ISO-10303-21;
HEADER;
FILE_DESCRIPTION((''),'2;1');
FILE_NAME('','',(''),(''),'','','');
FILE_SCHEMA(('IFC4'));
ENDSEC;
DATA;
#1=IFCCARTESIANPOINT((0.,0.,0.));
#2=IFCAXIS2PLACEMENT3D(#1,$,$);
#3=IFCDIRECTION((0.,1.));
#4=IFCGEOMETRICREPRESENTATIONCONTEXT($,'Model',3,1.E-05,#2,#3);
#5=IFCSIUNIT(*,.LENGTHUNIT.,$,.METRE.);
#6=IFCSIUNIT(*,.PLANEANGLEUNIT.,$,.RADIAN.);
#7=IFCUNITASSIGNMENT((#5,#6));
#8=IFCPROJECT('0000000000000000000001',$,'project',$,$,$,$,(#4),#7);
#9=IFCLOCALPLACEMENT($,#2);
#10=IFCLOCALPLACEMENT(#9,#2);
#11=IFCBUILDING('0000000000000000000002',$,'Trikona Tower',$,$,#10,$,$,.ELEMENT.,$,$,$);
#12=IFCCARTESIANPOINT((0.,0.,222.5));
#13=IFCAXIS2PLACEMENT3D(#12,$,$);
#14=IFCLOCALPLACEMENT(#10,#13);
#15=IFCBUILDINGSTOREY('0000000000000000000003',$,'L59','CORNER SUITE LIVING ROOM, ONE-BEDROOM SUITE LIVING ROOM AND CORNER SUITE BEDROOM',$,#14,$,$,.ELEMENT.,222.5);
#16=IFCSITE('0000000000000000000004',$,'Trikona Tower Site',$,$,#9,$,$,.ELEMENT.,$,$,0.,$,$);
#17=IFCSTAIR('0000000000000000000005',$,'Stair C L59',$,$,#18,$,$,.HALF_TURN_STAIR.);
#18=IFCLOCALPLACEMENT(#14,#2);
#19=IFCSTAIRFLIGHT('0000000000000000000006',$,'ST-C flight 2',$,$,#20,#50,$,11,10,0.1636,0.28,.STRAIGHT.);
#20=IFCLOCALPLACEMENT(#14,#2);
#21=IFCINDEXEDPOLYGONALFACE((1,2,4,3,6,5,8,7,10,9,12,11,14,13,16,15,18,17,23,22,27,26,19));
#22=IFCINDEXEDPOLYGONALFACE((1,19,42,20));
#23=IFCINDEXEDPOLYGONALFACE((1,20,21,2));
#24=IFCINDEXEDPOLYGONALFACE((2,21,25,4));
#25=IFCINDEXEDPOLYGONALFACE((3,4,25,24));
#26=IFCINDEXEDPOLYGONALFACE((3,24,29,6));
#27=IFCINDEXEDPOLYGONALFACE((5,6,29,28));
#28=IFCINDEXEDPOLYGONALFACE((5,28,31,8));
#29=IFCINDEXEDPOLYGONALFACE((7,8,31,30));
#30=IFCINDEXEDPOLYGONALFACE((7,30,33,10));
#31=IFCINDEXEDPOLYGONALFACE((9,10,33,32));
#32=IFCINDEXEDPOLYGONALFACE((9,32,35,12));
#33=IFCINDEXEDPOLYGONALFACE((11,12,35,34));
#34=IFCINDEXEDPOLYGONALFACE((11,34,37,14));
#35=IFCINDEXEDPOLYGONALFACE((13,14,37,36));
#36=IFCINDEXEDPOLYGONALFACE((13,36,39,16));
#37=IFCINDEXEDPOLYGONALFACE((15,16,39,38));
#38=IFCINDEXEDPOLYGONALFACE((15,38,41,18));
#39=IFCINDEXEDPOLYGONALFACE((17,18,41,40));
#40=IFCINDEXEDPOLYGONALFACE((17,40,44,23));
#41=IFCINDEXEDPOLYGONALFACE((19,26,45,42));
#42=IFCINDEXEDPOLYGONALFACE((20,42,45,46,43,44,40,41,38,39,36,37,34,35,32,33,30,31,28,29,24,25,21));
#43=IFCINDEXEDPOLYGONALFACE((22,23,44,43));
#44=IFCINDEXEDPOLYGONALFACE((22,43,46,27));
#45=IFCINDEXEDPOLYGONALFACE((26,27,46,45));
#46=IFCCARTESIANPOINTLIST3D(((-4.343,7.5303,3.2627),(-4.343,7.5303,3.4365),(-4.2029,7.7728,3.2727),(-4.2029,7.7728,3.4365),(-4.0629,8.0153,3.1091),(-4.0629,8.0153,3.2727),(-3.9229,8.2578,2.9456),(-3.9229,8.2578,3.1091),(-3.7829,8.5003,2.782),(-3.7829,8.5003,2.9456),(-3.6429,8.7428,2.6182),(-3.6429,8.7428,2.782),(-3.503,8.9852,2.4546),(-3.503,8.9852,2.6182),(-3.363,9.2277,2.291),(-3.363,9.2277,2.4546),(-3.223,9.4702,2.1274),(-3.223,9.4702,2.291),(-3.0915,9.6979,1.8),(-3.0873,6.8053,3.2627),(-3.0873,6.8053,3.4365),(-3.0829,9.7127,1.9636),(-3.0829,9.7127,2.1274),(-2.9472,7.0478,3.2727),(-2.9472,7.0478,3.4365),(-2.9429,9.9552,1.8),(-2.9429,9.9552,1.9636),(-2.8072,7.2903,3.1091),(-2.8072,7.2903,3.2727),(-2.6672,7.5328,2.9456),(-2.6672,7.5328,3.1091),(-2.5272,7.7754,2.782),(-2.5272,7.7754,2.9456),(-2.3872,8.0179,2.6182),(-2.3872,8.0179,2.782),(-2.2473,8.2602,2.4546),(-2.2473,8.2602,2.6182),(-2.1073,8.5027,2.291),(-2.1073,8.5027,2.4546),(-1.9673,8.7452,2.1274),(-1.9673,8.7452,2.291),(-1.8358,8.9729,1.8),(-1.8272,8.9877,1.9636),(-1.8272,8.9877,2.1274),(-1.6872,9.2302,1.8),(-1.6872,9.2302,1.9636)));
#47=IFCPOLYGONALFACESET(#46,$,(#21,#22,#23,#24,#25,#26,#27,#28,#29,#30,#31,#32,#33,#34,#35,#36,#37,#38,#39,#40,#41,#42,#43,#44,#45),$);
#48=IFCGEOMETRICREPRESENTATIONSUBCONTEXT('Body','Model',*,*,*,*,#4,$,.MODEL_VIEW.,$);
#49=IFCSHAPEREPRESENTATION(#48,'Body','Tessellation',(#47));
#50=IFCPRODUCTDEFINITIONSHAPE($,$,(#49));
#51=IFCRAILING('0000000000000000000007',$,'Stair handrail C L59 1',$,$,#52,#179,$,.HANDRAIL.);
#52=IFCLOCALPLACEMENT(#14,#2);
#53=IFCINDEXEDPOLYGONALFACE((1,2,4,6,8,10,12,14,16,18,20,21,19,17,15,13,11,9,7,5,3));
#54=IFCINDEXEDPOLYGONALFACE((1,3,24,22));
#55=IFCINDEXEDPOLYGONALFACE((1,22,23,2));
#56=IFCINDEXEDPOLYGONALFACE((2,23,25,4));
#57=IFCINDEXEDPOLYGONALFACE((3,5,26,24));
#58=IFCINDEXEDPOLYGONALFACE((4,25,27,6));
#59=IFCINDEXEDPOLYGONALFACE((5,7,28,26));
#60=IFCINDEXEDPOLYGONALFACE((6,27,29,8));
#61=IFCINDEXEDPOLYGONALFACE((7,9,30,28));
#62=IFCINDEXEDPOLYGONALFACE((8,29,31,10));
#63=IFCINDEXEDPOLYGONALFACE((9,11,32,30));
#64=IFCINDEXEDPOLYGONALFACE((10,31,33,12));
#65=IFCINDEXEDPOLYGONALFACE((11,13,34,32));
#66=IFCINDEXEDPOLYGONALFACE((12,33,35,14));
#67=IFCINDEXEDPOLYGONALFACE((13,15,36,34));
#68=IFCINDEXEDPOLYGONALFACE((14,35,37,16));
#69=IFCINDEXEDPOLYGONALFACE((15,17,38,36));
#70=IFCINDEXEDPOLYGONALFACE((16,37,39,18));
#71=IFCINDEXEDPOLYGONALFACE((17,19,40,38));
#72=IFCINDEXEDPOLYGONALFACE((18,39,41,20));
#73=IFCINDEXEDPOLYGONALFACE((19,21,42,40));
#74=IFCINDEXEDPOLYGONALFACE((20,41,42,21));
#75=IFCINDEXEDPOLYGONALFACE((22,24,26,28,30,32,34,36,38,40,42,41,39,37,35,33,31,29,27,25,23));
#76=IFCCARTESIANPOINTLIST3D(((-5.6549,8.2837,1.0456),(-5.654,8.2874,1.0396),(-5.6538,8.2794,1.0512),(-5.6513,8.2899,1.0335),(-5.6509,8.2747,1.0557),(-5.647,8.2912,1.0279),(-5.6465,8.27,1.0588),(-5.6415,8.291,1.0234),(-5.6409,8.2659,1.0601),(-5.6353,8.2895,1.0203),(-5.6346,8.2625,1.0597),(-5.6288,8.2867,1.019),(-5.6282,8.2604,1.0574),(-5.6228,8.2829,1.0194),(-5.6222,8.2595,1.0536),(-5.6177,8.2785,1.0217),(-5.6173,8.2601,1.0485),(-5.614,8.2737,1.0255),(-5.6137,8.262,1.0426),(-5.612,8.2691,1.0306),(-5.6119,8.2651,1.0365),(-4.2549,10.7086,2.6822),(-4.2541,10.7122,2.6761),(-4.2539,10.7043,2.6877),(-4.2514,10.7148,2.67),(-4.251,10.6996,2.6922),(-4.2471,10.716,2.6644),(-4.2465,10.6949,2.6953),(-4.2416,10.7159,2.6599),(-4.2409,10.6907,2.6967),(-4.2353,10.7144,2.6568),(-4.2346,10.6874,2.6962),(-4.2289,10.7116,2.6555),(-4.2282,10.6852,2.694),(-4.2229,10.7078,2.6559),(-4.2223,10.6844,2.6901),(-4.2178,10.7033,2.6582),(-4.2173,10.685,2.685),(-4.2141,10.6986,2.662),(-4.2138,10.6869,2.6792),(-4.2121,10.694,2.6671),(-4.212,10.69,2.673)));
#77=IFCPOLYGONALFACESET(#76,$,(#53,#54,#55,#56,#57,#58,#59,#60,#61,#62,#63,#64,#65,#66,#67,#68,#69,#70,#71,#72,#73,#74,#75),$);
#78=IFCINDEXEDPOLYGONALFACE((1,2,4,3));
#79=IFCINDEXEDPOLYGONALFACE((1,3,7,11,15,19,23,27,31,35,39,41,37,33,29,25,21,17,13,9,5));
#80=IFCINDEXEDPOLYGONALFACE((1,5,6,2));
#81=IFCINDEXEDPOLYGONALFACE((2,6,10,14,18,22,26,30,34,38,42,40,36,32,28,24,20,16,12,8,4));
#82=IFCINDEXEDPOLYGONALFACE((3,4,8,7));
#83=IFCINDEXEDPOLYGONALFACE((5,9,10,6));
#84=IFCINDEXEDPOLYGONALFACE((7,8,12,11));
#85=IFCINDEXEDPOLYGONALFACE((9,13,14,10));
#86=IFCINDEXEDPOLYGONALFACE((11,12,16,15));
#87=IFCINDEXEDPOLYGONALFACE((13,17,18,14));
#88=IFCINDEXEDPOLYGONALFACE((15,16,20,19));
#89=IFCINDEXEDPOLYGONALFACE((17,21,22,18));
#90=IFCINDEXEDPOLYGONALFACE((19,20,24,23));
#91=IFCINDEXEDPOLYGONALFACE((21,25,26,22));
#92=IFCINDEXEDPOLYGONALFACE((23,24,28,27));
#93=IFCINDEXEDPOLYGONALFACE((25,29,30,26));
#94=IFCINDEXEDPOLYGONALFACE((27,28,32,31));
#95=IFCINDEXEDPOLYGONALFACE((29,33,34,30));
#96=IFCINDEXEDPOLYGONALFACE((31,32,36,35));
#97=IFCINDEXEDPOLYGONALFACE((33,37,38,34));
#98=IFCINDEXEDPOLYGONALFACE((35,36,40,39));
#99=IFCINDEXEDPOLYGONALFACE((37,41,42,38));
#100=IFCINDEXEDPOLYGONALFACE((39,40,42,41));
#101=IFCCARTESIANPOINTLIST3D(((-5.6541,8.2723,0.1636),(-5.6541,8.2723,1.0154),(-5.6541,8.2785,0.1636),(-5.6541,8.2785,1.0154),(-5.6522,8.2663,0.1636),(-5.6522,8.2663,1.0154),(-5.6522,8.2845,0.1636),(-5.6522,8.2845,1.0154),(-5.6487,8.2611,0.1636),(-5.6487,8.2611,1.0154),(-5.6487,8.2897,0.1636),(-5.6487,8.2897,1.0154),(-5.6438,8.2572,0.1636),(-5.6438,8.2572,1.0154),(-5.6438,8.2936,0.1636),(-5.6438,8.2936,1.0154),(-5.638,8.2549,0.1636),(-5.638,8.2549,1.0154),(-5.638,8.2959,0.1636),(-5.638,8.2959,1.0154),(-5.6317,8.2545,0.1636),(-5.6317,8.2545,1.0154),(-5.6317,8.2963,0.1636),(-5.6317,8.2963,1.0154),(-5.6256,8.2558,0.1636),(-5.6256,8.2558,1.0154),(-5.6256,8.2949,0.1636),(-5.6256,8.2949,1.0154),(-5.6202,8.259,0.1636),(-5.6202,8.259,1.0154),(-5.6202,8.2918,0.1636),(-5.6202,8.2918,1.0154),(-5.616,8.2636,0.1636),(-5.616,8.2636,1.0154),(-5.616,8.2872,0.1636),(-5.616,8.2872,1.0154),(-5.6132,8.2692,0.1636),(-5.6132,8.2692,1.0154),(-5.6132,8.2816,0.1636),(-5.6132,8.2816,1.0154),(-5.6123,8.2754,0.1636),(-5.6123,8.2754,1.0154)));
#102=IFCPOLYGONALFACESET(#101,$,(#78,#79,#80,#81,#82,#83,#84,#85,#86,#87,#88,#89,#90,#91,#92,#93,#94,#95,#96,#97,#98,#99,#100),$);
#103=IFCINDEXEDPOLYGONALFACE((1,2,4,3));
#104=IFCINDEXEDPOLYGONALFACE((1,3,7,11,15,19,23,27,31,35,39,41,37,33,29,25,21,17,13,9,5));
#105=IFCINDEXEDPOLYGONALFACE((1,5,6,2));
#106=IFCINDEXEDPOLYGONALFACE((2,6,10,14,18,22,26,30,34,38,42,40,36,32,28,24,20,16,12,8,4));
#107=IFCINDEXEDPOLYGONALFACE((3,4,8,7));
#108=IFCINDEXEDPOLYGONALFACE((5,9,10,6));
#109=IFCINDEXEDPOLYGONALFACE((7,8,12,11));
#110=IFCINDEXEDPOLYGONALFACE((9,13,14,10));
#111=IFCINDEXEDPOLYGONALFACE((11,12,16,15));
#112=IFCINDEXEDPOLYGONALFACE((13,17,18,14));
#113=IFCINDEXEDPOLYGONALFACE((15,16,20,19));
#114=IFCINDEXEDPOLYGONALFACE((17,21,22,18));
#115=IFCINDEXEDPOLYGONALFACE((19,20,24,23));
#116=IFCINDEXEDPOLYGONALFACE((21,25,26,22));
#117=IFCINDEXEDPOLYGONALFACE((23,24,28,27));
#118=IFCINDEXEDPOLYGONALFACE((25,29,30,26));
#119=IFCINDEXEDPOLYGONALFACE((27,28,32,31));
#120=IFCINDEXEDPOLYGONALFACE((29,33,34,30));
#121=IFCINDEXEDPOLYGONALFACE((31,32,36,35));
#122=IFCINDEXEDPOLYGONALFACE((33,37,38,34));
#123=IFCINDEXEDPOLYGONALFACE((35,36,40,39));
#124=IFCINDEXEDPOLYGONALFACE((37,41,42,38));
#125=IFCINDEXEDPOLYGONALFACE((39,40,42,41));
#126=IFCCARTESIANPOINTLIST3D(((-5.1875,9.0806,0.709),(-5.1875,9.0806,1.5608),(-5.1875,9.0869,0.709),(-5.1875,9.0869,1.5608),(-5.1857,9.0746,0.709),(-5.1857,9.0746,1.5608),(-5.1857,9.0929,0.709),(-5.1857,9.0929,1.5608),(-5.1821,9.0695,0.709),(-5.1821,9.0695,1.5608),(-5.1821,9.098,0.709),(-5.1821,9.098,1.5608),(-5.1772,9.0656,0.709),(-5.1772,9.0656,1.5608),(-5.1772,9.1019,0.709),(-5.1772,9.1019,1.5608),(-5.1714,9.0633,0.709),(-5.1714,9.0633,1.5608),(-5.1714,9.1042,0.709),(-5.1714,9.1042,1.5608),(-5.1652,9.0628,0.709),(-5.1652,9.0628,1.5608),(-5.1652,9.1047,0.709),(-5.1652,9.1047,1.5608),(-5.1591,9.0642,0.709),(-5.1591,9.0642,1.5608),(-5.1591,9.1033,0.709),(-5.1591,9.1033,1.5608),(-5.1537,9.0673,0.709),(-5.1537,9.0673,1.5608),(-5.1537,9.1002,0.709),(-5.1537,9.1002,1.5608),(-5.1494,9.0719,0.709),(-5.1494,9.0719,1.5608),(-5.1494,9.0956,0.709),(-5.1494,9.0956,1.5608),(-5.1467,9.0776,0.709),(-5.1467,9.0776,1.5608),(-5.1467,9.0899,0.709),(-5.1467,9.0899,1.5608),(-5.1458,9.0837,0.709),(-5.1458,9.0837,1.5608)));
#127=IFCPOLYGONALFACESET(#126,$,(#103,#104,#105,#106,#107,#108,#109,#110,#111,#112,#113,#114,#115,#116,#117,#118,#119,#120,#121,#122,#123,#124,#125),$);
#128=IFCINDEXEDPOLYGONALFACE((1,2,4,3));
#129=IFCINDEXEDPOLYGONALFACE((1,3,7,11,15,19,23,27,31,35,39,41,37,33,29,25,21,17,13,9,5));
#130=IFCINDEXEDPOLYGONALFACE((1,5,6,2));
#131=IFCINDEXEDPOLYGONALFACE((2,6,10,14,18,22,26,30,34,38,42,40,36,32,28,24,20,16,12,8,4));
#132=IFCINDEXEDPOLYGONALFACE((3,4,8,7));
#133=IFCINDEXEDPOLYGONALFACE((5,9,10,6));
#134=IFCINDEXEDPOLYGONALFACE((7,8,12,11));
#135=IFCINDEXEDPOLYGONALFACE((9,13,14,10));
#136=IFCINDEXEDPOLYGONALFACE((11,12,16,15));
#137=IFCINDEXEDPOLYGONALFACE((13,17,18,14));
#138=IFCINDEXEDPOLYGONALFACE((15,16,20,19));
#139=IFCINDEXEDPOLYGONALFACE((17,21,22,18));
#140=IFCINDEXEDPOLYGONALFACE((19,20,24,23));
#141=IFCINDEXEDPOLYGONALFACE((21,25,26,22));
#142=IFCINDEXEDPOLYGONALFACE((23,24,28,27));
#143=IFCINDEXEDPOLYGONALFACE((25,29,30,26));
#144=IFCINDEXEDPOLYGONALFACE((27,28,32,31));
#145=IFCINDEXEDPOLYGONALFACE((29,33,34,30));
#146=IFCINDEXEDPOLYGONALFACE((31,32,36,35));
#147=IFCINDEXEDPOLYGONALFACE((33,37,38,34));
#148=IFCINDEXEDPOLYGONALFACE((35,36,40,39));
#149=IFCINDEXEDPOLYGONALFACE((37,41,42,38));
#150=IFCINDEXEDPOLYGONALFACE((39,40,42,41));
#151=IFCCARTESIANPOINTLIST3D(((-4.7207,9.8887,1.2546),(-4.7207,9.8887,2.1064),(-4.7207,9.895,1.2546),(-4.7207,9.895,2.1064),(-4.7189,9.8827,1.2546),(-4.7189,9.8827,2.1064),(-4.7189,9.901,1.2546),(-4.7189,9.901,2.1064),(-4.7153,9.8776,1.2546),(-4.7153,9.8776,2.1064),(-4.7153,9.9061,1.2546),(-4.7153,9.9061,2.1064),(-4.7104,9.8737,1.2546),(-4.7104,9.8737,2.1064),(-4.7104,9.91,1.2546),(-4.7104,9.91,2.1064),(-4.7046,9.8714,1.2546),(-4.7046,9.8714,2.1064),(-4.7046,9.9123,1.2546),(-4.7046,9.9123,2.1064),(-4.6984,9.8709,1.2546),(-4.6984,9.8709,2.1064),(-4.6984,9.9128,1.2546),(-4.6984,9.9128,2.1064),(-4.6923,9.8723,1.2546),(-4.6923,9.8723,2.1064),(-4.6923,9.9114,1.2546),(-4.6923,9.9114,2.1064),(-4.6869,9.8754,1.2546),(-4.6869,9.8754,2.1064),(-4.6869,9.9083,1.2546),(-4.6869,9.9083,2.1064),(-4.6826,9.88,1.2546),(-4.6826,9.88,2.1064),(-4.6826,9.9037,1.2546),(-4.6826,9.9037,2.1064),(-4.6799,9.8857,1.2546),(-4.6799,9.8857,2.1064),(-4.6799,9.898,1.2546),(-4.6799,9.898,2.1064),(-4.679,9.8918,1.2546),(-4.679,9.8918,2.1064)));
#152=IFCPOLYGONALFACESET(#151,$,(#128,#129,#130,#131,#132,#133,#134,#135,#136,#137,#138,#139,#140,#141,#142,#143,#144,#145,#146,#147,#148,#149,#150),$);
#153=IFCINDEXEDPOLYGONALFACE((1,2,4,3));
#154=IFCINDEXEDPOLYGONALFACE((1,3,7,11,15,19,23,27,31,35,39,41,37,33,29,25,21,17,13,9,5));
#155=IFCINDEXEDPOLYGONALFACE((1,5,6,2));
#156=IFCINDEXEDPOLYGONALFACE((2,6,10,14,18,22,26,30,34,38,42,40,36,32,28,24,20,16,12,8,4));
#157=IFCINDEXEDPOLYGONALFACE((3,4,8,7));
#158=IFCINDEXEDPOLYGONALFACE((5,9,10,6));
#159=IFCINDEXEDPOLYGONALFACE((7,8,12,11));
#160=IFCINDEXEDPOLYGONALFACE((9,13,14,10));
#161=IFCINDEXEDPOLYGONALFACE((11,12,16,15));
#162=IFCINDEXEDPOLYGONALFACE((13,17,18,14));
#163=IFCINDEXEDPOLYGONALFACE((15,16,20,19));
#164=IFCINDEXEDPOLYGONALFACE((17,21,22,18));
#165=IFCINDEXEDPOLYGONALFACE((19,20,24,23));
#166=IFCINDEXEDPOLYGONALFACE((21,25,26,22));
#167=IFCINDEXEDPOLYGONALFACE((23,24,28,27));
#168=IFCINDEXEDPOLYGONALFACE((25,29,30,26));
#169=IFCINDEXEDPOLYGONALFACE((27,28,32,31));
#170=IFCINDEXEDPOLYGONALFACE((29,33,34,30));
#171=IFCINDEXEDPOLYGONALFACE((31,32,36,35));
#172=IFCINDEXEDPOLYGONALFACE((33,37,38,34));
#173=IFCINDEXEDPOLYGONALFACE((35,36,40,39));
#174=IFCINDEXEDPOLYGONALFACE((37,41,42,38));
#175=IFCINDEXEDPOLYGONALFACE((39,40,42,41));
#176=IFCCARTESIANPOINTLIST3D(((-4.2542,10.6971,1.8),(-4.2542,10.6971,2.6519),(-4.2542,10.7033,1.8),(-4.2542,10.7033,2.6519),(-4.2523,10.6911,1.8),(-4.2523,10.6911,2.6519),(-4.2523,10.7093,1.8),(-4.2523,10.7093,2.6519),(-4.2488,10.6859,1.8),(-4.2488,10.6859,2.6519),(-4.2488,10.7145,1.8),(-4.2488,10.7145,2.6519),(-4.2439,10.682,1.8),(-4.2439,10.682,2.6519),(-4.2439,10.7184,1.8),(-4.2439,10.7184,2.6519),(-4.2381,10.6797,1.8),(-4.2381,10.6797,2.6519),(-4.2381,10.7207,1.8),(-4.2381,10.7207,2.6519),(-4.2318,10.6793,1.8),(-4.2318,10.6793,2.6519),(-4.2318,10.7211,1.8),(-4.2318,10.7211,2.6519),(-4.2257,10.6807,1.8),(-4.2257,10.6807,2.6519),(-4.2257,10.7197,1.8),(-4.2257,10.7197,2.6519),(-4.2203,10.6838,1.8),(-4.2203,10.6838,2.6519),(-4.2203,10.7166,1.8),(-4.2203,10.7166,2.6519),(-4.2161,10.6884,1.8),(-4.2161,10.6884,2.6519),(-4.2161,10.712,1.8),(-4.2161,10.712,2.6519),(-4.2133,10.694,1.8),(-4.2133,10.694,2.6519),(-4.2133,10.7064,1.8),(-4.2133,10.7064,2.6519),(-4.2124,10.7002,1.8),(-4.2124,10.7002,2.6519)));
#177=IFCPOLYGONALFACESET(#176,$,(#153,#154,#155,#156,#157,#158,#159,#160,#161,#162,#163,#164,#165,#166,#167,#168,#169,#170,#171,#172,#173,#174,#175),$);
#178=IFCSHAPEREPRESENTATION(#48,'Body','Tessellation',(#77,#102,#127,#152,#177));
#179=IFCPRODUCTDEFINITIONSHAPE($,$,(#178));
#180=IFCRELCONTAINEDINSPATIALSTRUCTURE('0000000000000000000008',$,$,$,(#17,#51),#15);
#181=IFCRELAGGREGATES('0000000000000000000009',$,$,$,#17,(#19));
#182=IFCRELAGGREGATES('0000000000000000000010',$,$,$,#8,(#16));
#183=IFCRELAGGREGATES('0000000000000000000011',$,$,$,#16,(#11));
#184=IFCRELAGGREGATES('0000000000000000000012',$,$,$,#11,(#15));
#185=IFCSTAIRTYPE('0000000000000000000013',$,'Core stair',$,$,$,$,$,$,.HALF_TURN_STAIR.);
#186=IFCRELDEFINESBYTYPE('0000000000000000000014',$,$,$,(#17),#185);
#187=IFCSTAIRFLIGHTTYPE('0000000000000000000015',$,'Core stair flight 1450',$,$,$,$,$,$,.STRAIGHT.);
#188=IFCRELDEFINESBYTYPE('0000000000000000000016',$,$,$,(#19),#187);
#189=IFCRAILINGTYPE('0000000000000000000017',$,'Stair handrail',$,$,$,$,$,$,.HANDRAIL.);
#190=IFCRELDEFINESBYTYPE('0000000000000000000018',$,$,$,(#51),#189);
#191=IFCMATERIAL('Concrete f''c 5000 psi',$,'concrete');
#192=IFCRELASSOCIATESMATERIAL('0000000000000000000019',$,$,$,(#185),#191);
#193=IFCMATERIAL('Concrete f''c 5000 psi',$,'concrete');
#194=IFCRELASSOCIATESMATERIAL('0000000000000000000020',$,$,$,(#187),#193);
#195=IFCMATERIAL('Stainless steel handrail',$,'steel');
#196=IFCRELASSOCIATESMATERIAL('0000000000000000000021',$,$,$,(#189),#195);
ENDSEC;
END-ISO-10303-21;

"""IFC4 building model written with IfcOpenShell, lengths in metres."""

from ifc_helpers import new_model, si_unit, direction, frame, origin, origin_2d, place, context, subcontext, project, spatial, polyline, circle, outline, extrude, material, type_object, element, aggregate, save


model = new_model("IFC4")

# Units and contexts
model_context = context("Model", 3, precision=1e-05, world=origin(), true_north=direction((0.0, 1.0)))
body_context = subcontext(model_context, "Body", "Model", "MODEL_VIEW")
ifc_project = project(units=[si_unit("LENGTHUNIT", "METRE"), si_unit("PLANEANGLEUNIT", "RADIAN")], contexts=[model_context])

# Site, building, storey
site_placement = place(None, origin())
site = spatial("IfcSite", under=ifc_project, at=site_placement, Name="Trikona Tower Site", CompositionType="ELEMENT", RefElevation=0.0)
building_placement = place(site_placement, origin())
building = spatial("IfcBuilding", under=site, at=building_placement, Name="Trikona Tower", CompositionType="ELEMENT")
storey_placement = place(building_placement, frame((0.0, 0.0, 222.5)))
storey = spatial("IfcBuildingStorey", under=building, at=storey_placement, Name="L59", Description="CORNER SUITE LIVING ROOM, ONE-BEDROOM SUITE LIVING ROOM AND CORNER SUITE BEDROOM", CompositionType="ELEMENT", Elevation=222.5)

# Stair, stair flight
ifc_material_1 = material(Name="Concrete f'c 5000 psi", Category="concrete")
stair_type = type_object("IfcStairType", Name="Core stair", PredefinedType="HALF_TURN_STAIR", material=ifc_material_1)
stair_placement = place(storey_placement, origin())
stair = element("IfcStair", 1, at=stair_placement, inside=storey, type_object=stair_type, Name="Stair C L59", PredefinedType="HALF_TURN_STAIR")
ifc_material_2 = material(Name="Concrete f'c 5000 psi", Category="concrete")
stair_flight_type = type_object("IfcStairFlightType", Name="Core stair flight 1450", PredefinedType="STRAIGHT", material=ifc_material_2)
stair_flight_1_placement = place(storey_placement, frame((-2.3152, 9.5928, 1.8), z_axis=(0.0, 0.0, 1.0), x_axis=(-0.5, -0.866025, 0.0)))
stair_flight_1 = element("IfcStairFlight", 2, at=stair_flight_1_placement, type_object=stair_flight_type, Name="ST-C flight 2", NumberOfRisers=11, NumberOfTreads=10, PredefinedType="STRAIGHT", RiserHeight=0.1636, TreadLength=0.28, context=body_context, shape_type="SweptSolid", body=[
    extrude(outline(polyline([(0.0, 0.0), (0.0, 0.1636), (0.28, 0.1636), (0.28, 0.3274), (0.5601, 0.3274), (0.5601, 0.491), (0.8401, 0.491), (0.8401, 0.6545), (1.1201, 0.6545), (1.1201, 0.8181), (1.3999, 0.8181), (1.3999, 0.9819), (1.6799, 0.9819), (1.6799, 1.1455), (1.96, 1.1455), (1.96, 1.3091), (2.24, 1.3091), (2.24, 1.4727), (2.52, 1.4727), (2.52, 1.6365), (2.8, 1.6365), (2.8, 1.8), (2.8, 1.4626), (0.2971, 0.0), (0.0, 0.0)])), frame((0.0, 0.7251, 0.0), z_axis=(0.0, -1.0, 0.0), x_axis=(1.0, 0.0, 0.0)), (0.0, 0.0, 1.0), 1.45),
])
aggregate(stair, [stair_flight_1])

# Railing
ifc_material_3 = material(Name="Stainless steel handrail", Category="steel")
railing_type = type_object("IfcRailingType", Name="Stair handrail", PredefinedType="HANDRAIL", material=ifc_material_3)
railing_1_placement = place(storey_placement, frame((-5.6333, 8.2754, 0.1636)))
element("IfcRailing", 3, at=railing_1_placement, inside=storey, type_object=railing_type, Name="Stair handrail C L59 1", PredefinedType="HANDRAIL", context=body_context, shape_type="SweptSolid", body=[
    extrude(circle(Radius=0.0239, at=origin_2d()), frame((0.0, 0.0, 0.876), z_axis=(0.431661, 0.74769, 0.504608), x_axis=(-0.866035, 0.499984, 0.0)), (0.0, 0.0, 1.0), 3.2432),
    extrude(circle(Radius=0.021, at=origin_2d()), origin(), (0.0, 0.0, 1.0), 0.8518),
    extrude(circle(Radius=0.021, at=origin_2d()), frame((0.4666, 0.8083, 0.5454)), (0.0, 0.0, 1.0), 0.8518),
    extrude(circle(Radius=0.021, at=origin_2d()), frame((0.9333, 1.6165, 1.0911)), (0.0, 0.0, 1.0), 0.8518),
    extrude(circle(Radius=0.021, at=origin_2d()), frame((1.3999, 2.4248, 1.6365)), (0.0, 0.0, 1.0), 0.8518),
])

save(model, "model.ifc")
